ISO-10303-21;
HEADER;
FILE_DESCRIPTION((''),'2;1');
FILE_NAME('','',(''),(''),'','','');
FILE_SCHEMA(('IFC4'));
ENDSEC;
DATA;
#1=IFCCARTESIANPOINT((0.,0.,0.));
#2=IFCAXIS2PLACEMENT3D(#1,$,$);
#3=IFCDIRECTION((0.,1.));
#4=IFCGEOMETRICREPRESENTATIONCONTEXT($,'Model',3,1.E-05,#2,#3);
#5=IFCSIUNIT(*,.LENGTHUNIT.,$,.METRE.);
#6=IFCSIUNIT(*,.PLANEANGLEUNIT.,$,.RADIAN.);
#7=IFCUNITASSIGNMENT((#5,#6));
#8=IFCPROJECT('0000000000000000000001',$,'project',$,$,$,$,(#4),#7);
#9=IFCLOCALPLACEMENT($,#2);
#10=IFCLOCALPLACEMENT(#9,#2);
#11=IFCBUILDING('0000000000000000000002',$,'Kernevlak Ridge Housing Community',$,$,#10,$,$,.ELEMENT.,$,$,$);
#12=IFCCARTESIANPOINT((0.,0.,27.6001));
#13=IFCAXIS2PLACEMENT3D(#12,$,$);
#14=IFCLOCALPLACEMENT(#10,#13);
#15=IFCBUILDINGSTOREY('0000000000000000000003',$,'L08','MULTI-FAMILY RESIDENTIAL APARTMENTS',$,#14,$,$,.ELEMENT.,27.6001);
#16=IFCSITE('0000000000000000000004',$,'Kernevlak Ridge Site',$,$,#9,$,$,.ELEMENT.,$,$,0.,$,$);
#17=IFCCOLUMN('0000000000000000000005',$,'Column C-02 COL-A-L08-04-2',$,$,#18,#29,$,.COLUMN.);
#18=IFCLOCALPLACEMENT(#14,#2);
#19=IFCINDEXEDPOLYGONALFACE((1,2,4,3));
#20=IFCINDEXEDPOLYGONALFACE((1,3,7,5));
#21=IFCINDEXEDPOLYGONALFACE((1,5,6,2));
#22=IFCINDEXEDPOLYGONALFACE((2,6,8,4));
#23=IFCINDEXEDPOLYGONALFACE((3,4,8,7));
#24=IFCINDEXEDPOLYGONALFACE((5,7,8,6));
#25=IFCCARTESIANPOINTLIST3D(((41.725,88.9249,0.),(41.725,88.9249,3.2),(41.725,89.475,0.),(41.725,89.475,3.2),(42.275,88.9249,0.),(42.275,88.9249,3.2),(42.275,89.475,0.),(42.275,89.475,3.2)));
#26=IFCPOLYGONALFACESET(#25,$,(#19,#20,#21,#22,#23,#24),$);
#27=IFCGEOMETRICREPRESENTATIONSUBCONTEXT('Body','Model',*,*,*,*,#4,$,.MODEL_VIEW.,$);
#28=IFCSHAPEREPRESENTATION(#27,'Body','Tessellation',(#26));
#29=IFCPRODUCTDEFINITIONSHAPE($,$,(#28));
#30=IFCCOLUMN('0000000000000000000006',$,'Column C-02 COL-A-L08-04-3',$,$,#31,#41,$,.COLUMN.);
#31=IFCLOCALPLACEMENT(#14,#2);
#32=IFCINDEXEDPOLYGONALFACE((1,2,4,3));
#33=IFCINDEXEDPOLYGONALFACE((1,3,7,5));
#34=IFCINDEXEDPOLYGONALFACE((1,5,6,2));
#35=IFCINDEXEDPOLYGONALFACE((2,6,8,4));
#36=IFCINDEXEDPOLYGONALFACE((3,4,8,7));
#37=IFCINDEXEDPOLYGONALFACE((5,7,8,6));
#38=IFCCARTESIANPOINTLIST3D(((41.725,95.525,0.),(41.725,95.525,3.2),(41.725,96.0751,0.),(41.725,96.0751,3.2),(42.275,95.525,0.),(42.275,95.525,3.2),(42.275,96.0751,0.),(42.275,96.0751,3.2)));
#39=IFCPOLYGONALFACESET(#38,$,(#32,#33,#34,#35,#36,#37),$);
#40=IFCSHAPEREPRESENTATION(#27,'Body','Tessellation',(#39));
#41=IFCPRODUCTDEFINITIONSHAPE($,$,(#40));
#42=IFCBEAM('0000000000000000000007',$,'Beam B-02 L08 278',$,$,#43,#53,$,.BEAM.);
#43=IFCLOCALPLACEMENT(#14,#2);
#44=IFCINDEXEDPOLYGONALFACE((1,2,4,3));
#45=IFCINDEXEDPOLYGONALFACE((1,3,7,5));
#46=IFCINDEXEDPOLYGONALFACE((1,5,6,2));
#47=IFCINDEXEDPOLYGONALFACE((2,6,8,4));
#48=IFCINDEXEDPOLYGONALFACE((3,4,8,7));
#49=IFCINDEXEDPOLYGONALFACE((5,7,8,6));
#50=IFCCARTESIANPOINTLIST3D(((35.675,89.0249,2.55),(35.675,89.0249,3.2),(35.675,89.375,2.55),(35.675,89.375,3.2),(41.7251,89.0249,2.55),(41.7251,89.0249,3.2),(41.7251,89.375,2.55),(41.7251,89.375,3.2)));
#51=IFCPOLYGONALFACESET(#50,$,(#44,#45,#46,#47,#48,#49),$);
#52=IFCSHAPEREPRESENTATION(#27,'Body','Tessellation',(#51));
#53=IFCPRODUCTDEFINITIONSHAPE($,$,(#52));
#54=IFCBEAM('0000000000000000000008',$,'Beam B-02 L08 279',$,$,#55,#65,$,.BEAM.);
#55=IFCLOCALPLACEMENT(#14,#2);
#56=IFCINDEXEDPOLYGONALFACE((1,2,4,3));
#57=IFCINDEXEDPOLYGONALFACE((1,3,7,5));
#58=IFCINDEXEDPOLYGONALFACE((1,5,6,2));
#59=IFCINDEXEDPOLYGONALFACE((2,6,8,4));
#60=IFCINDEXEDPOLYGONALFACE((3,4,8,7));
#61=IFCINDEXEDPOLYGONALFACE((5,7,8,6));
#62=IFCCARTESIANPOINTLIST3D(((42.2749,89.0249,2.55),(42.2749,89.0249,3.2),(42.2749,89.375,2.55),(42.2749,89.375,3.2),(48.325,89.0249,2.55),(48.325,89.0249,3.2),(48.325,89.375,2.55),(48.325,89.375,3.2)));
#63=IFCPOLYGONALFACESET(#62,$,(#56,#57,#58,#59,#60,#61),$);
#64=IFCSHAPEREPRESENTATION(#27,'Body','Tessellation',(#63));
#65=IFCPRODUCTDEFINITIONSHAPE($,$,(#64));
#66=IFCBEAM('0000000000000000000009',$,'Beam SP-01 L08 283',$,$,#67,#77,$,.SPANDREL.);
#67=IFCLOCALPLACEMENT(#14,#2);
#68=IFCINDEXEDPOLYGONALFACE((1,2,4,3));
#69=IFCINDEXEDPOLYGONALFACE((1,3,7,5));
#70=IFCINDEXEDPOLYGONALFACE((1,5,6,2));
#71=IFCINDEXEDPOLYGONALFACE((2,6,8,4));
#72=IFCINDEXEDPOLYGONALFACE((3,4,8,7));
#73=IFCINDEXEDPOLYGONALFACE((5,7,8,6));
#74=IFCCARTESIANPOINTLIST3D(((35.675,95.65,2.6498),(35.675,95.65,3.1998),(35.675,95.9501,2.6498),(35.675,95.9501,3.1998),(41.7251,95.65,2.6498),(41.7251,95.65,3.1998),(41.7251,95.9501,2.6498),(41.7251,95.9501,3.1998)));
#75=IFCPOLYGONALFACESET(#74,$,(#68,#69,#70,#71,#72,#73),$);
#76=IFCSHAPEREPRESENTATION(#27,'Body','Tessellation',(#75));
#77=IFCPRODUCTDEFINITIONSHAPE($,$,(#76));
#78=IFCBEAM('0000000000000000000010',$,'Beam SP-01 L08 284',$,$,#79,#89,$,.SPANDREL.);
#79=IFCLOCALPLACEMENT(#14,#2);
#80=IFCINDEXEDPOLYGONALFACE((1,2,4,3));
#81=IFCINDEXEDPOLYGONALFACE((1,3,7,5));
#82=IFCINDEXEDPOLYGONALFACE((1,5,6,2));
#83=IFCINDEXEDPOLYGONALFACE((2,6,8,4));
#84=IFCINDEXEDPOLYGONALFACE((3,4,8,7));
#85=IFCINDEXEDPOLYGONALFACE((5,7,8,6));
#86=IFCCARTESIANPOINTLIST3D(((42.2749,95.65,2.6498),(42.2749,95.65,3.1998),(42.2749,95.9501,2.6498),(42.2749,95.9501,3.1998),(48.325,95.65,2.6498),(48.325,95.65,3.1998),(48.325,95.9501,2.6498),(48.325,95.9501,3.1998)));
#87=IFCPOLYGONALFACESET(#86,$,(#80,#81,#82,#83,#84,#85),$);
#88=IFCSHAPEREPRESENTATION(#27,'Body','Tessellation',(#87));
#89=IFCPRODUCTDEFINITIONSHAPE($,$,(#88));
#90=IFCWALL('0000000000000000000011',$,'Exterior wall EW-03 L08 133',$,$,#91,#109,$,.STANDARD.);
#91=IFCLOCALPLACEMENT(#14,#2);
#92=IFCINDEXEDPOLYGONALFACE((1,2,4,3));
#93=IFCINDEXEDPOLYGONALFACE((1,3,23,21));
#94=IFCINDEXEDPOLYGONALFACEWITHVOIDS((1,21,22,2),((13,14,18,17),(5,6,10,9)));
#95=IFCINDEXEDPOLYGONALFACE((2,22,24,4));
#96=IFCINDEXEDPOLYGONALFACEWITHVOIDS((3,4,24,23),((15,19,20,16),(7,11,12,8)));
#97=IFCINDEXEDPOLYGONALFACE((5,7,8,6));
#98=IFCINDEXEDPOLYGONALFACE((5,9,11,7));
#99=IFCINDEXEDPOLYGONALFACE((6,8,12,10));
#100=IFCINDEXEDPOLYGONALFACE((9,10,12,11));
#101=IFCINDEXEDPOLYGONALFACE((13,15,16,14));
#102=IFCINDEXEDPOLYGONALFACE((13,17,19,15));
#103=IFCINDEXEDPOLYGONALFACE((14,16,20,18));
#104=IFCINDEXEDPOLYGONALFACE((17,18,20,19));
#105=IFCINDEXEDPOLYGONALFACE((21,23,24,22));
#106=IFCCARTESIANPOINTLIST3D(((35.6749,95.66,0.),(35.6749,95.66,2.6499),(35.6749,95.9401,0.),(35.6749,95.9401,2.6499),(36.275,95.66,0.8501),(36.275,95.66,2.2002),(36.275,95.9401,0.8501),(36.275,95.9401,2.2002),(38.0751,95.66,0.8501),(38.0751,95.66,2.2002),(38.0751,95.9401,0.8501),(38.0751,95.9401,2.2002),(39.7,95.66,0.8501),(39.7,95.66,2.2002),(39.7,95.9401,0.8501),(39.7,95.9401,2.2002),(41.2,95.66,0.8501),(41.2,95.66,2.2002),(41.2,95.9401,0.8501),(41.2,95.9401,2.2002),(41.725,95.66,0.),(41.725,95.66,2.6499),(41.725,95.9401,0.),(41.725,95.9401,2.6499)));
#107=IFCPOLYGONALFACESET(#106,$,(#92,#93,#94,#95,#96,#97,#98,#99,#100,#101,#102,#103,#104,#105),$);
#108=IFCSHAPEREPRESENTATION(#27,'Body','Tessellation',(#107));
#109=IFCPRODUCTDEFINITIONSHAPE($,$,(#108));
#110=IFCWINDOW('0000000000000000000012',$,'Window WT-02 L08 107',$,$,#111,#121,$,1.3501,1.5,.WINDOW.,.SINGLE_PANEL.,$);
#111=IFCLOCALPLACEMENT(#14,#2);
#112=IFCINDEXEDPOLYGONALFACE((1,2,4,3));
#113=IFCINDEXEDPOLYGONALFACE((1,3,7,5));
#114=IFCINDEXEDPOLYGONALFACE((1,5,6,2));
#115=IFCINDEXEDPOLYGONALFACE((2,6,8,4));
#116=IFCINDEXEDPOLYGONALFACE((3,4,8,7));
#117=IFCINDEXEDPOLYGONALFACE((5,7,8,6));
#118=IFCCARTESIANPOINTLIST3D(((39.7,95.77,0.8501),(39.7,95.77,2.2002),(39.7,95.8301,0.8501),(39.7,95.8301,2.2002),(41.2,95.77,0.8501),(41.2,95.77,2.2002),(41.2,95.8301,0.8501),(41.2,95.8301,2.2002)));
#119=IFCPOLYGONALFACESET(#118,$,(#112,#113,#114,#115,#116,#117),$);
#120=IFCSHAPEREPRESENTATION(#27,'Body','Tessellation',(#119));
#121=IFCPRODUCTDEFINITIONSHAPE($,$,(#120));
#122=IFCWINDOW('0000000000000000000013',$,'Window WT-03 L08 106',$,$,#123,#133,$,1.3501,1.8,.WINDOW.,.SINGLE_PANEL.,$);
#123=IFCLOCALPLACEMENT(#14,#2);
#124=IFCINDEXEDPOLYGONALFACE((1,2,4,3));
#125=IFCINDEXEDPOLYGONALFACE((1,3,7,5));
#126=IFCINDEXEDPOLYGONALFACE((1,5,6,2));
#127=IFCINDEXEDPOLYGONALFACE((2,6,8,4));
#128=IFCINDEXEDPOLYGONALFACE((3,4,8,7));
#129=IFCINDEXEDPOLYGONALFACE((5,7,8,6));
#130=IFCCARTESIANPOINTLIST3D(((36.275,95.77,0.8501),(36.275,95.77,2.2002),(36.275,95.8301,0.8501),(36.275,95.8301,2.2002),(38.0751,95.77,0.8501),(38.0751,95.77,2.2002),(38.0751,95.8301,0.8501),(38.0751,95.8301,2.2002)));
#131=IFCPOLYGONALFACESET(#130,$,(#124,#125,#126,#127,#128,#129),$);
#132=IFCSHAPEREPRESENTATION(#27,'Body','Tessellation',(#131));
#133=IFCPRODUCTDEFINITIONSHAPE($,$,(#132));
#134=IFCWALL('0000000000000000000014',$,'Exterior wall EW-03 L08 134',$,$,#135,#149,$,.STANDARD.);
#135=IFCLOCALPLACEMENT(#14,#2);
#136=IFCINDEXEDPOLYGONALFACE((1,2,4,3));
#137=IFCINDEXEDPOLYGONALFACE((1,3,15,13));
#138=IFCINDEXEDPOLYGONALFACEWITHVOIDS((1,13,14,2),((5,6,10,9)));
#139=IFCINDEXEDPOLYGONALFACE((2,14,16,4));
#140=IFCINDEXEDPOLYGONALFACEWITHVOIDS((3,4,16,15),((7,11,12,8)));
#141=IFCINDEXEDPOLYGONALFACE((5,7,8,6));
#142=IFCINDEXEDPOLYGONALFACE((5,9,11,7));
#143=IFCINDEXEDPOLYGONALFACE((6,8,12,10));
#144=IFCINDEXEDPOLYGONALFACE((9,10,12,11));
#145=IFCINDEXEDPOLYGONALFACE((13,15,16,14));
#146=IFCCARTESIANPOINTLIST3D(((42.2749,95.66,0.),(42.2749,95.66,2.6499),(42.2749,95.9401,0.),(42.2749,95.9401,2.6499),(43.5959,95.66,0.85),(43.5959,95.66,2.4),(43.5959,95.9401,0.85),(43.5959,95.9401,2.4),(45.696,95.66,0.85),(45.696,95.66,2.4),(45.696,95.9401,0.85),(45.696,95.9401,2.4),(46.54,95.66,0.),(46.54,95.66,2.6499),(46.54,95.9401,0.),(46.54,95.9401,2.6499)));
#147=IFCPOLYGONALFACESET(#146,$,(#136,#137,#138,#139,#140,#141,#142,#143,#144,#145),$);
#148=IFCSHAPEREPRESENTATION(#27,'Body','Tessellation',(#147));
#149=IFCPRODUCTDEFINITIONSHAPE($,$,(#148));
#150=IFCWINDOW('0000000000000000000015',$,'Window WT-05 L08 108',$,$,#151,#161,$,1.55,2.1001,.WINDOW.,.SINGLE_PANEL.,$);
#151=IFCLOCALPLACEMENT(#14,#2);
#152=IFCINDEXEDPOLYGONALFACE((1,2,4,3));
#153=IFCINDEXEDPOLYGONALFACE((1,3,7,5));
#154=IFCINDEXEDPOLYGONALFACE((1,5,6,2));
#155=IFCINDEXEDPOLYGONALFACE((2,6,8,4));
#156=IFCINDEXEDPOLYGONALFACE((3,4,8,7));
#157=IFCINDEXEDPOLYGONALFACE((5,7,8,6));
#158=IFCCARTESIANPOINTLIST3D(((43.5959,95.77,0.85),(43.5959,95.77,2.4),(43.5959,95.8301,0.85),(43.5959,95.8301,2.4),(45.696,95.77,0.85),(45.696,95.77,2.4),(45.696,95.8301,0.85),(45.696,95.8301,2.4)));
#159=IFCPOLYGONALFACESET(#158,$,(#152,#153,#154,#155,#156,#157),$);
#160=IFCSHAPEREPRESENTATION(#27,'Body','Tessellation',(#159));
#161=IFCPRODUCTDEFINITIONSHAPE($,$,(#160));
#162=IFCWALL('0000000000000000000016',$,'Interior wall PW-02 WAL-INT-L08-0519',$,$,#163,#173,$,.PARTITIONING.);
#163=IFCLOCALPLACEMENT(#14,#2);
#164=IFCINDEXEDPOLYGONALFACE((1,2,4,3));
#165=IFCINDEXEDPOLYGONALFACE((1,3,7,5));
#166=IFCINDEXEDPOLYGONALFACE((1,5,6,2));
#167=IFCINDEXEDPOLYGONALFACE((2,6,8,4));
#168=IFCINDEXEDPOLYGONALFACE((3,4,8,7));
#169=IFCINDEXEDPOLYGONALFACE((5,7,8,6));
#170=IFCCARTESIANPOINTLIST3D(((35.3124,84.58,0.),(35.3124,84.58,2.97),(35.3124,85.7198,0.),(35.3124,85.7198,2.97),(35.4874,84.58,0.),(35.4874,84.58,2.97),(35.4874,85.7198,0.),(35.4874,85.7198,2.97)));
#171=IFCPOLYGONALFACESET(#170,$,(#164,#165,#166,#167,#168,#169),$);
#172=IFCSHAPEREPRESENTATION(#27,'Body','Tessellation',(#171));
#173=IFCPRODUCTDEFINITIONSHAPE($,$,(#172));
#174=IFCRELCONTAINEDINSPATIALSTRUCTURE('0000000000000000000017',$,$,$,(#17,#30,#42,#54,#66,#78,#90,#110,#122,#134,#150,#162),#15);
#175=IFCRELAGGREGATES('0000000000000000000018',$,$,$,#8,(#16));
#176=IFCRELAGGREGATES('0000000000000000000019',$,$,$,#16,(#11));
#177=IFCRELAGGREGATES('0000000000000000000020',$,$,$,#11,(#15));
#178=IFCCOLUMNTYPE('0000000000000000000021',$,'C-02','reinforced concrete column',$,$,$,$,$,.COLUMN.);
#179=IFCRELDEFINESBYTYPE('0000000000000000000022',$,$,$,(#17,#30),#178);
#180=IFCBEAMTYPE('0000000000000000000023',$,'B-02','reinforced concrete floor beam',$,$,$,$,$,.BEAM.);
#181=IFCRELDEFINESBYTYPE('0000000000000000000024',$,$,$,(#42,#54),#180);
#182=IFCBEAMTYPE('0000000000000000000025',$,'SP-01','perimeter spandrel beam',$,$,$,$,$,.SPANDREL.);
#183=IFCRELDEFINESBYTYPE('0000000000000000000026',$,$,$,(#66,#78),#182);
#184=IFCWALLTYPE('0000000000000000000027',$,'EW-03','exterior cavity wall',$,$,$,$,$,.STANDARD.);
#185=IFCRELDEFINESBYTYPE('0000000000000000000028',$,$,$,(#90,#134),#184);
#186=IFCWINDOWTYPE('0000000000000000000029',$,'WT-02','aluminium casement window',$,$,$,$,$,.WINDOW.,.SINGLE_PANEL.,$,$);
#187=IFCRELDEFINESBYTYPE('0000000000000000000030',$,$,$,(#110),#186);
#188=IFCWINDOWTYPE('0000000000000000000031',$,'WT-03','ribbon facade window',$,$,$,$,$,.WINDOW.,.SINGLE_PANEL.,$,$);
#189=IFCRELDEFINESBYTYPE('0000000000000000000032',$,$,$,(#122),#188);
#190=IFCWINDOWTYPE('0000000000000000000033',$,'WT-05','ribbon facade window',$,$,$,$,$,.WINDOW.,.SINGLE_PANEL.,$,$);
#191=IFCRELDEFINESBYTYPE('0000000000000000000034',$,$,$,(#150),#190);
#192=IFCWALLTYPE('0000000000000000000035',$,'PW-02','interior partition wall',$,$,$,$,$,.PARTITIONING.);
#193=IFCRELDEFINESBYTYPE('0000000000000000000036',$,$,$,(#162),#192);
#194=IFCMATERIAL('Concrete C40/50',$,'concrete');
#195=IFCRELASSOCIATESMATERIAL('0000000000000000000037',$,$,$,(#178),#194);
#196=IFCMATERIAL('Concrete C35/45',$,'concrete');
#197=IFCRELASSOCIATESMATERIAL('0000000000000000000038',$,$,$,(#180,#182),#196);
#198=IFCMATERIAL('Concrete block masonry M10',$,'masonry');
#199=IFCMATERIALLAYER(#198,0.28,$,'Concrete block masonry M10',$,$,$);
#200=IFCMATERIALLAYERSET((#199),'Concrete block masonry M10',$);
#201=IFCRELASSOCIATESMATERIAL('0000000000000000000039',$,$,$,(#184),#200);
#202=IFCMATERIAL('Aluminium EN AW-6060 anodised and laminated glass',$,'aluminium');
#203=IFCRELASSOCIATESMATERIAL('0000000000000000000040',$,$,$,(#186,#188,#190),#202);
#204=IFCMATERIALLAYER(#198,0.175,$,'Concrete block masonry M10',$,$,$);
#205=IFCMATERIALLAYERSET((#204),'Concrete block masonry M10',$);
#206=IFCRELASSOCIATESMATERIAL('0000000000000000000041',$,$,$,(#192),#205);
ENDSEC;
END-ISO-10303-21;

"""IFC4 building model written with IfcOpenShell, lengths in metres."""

from ifc_helpers import new_model, si_unit, direction, frame, frame_2d, origin, origin_2d, place, context, subcontext, project, spatial, rectangle, extrude, material, layer, layer_set, material_profile, profile_set, type_object, element, fill, save


model = new_model("IFC4")

# Units and contexts
model_context = context("Model", 3, precision=1e-05, world=origin(), true_north=direction((0.0, 1.0)))
body_context = subcontext(model_context, "Body", "Model", "MODEL_VIEW")
ifc_project = project(units=[si_unit("LENGTHUNIT", "METRE"), si_unit("PLANEANGLEUNIT", "RADIAN")], contexts=[model_context])

# Site, building, storey
site_placement = place(None, origin())
site = spatial("IfcSite", under=ifc_project, at=site_placement, Name="Kernevlak Ridge Site", CompositionType="ELEMENT", RefElevation=0.0)
building_placement = place(site_placement, origin())
building = spatial("IfcBuilding", under=site, at=building_placement, Name="Kernevlak Ridge Housing Community", CompositionType="ELEMENT")
storey_placement = place(building_placement, frame((0.0, 0.0, 27.6001)))
storey = spatial("IfcBuildingStorey", under=building, at=storey_placement, Name="L08", Description="MULTI-FAMILY RESIDENTIAL APARTMENTS", CompositionType="ELEMENT", Elevation=27.6001)

# Columns
ifc_material_1 = material(Name="Concrete C40/50", Category="concrete")
ifc_material_profile_1 = material_profile(ifc_material_1, rectangle(XDim=0.55, YDim=0.55, at=origin_2d()), Name="RC 550x550")
ifc_profile_set_1 = profile_set([ifc_material_profile_1], Name="Concrete C40/50")
column_type = type_object("IfcColumnType", Name="C-02", Description="reinforced concrete column", PredefinedType="COLUMN", material=ifc_profile_set_1)
for number, where, z_axis, x_axis, name in (
    (1, (42.0, 89.2, 0.0), (0.0, 0.0, 1.0), (1.0, 0.0, 0.0), "Column C-02 COL-A-L08-04-2"),
    (2, (42.0, 95.8, 0.0), (0.0, 0.0, 1.0), (1.0, 0.0, 0.0), "Column C-02 COL-A-L08-04-3"),
):
    element("IfcColumn", number, at=place(storey_placement, frame(where, z_axis=z_axis, x_axis=x_axis)), inside=storey, type_object=column_type, Name=name, PredefinedType="COLUMN", context=body_context, shape_type="SweptSolid", body=[
        extrude(rectangle(XDim=0.55, YDim=0.55, at=origin_2d()), origin(), (0.0, 0.0, 1.0), 3.2),
    ])

# Beams
ifc_material_2 = material(Name="Concrete C35/45", Category="concrete")
ifc_material_profile_2 = material_profile(ifc_material_2, rectangle(XDim=0.3501, YDim=0.6499, at=origin_2d()), Name="RC 350x650")
ifc_profile_set_2 = profile_set([ifc_material_profile_2], Name="Concrete C35/45")
beam_type_1 = type_object("IfcBeamType", Name="B-02", Description="reinforced concrete floor beam", PredefinedType="BEAM", material=ifc_profile_set_2)
for number, where, z_axis, x_axis, name in (
    (3, (35.675, 89.2, 2.875), (1.0, 0.0, 0.0), (0.0, 1.0, 0.0), "Beam B-02 L08 278"),
    (4, (42.2749, 89.2, 2.875), (1.0, 0.0, 0.0), (0.0, 1.0, 0.0), "Beam B-02 L08 279"),
):
    element("IfcBeam", number, at=place(storey_placement, frame(where, z_axis=z_axis, x_axis=x_axis)), inside=storey, type_object=beam_type_1, Name=name, PredefinedType="BEAM", context=body_context, shape_type="SweptSolid", body=[
        extrude(rectangle(XDim=0.3501, YDim=0.6499, at=origin_2d()), origin(), (0.0, 0.0, 1.0), 6.05),
    ])
ifc_material_profile_3 = material_profile(ifc_material_2, rectangle(XDim=0.3, YDim=0.55, at=origin_2d()), Name="RC 300x550")
ifc_profile_set_3 = profile_set([ifc_material_profile_3], Name="Concrete C35/45")
beam_type_2 = type_object("IfcBeamType", Name="SP-01", Description="perimeter spandrel beam", PredefinedType="SPANDREL", material=ifc_profile_set_3)
for number, where, z_axis, x_axis, name in (
    (5, (35.675, 95.8, 2.9248), (1.0, 0.0, 0.0), (0.0, 1.0, 0.0), "Beam SP-01 L08 283"),
    (6, (42.2749, 95.8, 2.9248), (1.0, 0.0, 0.0), (0.0, 1.0, 0.0), "Beam SP-01 L08 284"),
):
    element("IfcBeam", number, at=place(storey_placement, frame(where, z_axis=z_axis, x_axis=x_axis)), inside=storey, type_object=beam_type_2, Name=name, PredefinedType="SPANDREL", context=body_context, shape_type="SweptSolid", body=[
        extrude(rectangle(XDim=0.3, YDim=0.55, at=origin_2d()), origin(), (0.0, 0.0, 1.0), 6.05),
    ])

# Wall, openings, windows
ifc_material_3 = material(Name="Concrete block masonry M10", Category="masonry")
ifc_layer_1 = layer(ifc_material_3, 0.28, Name="Concrete block masonry M10")
ifc_layer_set_1 = layer_set([ifc_layer_1], Name="Concrete block masonry M10")
wall_type_1 = type_object("IfcWallType", Name="EW-03", Description="exterior cavity wall", PredefinedType="STANDARD", material=ifc_layer_set_1)
wall_1_placement = place(storey_placement, frame((35.675, 95.8, 0.0), z_axis=(0.0, 0.0, 1.0), x_axis=(1.0, 0.0, 0.0)))
wall_1 = element("IfcWall", 7, at=wall_1_placement, inside=storey, type_object=wall_type_1, Name="Exterior wall EW-03 L08 133", PredefinedType="STANDARD", context=body_context, shape_type="SweptSolid", body=[
    extrude(rectangle(XDim=6.05, YDim=0.28, at=frame_2d((3.0249, 0.0))), origin(), (0.0, 0.0, 1.0), 2.6499),
])
opening_1_placement = place(wall_1_placement, frame((0.6001, 0.0, 0.8501)))
opening_1 = element("IfcOpeningElement", 8, at=opening_1_placement, cuts=wall_1, PredefinedType="OPENING", context=body_context, shape_type="SweptSolid", body=[
    extrude(rectangle(XDim=1.8, YDim=1.3501, at=frame_2d((0.8999, 0.675))), frame((0.0, 0.1499, 0.0), z_axis=(0.0, -1.0, 0.0), x_axis=(1.0, 0.0, 0.0)), (0.0, 0.0, 1.0), 0.3),
])
opening_2_placement = place(wall_1_placement, frame((4.0249, 0.0, 0.8501)))
opening_2 = element("IfcOpeningElement", 9, at=opening_2_placement, cuts=wall_1, PredefinedType="OPENING", context=body_context, shape_type="SweptSolid", body=[
    extrude(rectangle(XDim=1.5, YDim=1.3501, at=frame_2d((0.75, 0.675))), frame((0.0, 0.1499, 0.0), z_axis=(0.0, -1.0, 0.0), x_axis=(1.0, 0.0, 0.0)), (0.0, 0.0, 1.0), 0.3),
])
ifc_material_4 = material(Name="Aluminium EN AW-6060 anodised and laminated glass", Category="aluminium")
window_type_1 = type_object("IfcWindowType", Name="WT-02", Description="aluminium casement window", PartitioningType="SINGLE_PANEL", PredefinedType="WINDOW", material=ifc_material_4)
window_1_placement = place(opening_2_placement, origin())
window_1 = element("IfcWindow", 10, at=window_1_placement, inside=storey, type_object=window_type_1, Name="Window WT-02 L08 107", OverallHeight=1.3501, OverallWidth=1.5, PartitioningType="SINGLE_PANEL", PredefinedType="WINDOW", context=body_context, shape_type="SweptSolid", body=[
    extrude(rectangle(XDim=1.5, YDim=1.3501, at=frame_2d((0.75, 0.675))), frame((0.0, 0.03, 0.0), z_axis=(0.0, -1.0, 0.0), x_axis=(1.0, 0.0, 0.0)), (0.0, 0.0, 1.0), 0.0601),
])
fill(opening_2, window_1)
window_type_2 = type_object("IfcWindowType", Name="WT-03", Description="ribbon facade window", PartitioningType="SINGLE_PANEL", PredefinedType="WINDOW", material=ifc_material_4)
window_2_placement = place(opening_1_placement, origin())
window_2 = element("IfcWindow", 11, at=window_2_placement, inside=storey, type_object=window_type_2, Name="Window WT-03 L08 106", OverallHeight=1.3501, OverallWidth=1.8, PartitioningType="SINGLE_PANEL", PredefinedType="WINDOW", context=body_context, shape_type="SweptSolid", body=[
    extrude(rectangle(XDim=1.8, YDim=1.3501, at=frame_2d((0.8999, 0.675))), frame((0.0, 0.03, 0.0), z_axis=(0.0, -1.0, 0.0), x_axis=(1.0, 0.0, 0.0)), (0.0, 0.0, 1.0), 0.0601),
])
fill(opening_1, window_2)

# Wall, opening, window
wall_2_placement = place(storey_placement, frame((42.2749, 95.8, 0.0), z_axis=(0.0, 0.0, 1.0), x_axis=(1.0, 0.0, 0.0)))
wall_2 = element("IfcWall", 12, at=wall_2_placement, inside=storey, type_object=wall_type_1, Name="Exterior wall EW-03 L08 134", PredefinedType="STANDARD", context=body_context, shape_type="SweptSolid", body=[
    extrude(rectangle(XDim=4.2651, YDim=0.28, at=frame_2d((2.1326, 0.0))), origin(), (0.0, 0.0, 1.0), 2.6499),
])
opening_3_placement = place(wall_2_placement, frame((1.321, 0.0, 0.8501)))
opening_3 = element("IfcOpeningElement", 13, at=opening_3_placement, cuts=wall_2, PredefinedType="OPENING", context=body_context, shape_type="SweptSolid", body=[
    extrude(rectangle(XDim=2.1001, YDim=1.55, at=frame_2d((1.05, 0.7749))), frame((0.0, 0.1499, 0.0), z_axis=(0.0, -1.0, 0.0), x_axis=(1.0, 0.0, 0.0)), (0.0, 0.0, 1.0), 0.3),
])
window_type_3 = type_object("IfcWindowType", Name="WT-05", Description="ribbon facade window", PartitioningType="SINGLE_PANEL", PredefinedType="WINDOW", material=ifc_material_4)
window_3_placement = place(opening_3_placement, origin())
window_3 = element("IfcWindow", 14, at=window_3_placement, inside=storey, type_object=window_type_3, Name="Window WT-05 L08 108", OverallHeight=1.55, OverallWidth=2.1001, PartitioningType="SINGLE_PANEL", PredefinedType="WINDOW", context=body_context, shape_type="SweptSolid", body=[
    extrude(rectangle(XDim=2.1001, YDim=1.55, at=frame_2d((1.05, 0.7749))), frame((0.0, 0.03, 0.0), z_axis=(0.0, -1.0, 0.0), x_axis=(1.0, 0.0, 0.0)), (0.0, 0.0, 1.0), 0.0601),
])
fill(opening_3, window_3)

# Wall
ifc_layer_2 = layer(ifc_material_3, 0.175, Name="Concrete block masonry M10")
ifc_layer_set_2 = layer_set([ifc_layer_2], Name="Concrete block masonry M10")
wall_type_2 = type_object("IfcWallType", Name="PW-02", Description="interior partition wall", PredefinedType="PARTITIONING", material=ifc_layer_set_2)
wall_3_placement = place(storey_placement, frame((35.3999, 84.5801, 0.0), z_axis=(0.0, 0.0, 1.0), x_axis=(0.0, 1.0, 0.0)))
element("IfcWall", 15, at=wall_3_placement, inside=storey, type_object=wall_type_2, Name="Interior wall PW-02 WAL-INT-L08-0519", PredefinedType="PARTITIONING", context=body_context, shape_type="SweptSolid", body=[
    extrude(rectangle(XDim=1.1399, YDim=0.175, at=frame_2d((0.5698, 0.0))), origin(), (0.0, 0.0, 1.0), 2.97),
])

save(model, "model.ifc")
